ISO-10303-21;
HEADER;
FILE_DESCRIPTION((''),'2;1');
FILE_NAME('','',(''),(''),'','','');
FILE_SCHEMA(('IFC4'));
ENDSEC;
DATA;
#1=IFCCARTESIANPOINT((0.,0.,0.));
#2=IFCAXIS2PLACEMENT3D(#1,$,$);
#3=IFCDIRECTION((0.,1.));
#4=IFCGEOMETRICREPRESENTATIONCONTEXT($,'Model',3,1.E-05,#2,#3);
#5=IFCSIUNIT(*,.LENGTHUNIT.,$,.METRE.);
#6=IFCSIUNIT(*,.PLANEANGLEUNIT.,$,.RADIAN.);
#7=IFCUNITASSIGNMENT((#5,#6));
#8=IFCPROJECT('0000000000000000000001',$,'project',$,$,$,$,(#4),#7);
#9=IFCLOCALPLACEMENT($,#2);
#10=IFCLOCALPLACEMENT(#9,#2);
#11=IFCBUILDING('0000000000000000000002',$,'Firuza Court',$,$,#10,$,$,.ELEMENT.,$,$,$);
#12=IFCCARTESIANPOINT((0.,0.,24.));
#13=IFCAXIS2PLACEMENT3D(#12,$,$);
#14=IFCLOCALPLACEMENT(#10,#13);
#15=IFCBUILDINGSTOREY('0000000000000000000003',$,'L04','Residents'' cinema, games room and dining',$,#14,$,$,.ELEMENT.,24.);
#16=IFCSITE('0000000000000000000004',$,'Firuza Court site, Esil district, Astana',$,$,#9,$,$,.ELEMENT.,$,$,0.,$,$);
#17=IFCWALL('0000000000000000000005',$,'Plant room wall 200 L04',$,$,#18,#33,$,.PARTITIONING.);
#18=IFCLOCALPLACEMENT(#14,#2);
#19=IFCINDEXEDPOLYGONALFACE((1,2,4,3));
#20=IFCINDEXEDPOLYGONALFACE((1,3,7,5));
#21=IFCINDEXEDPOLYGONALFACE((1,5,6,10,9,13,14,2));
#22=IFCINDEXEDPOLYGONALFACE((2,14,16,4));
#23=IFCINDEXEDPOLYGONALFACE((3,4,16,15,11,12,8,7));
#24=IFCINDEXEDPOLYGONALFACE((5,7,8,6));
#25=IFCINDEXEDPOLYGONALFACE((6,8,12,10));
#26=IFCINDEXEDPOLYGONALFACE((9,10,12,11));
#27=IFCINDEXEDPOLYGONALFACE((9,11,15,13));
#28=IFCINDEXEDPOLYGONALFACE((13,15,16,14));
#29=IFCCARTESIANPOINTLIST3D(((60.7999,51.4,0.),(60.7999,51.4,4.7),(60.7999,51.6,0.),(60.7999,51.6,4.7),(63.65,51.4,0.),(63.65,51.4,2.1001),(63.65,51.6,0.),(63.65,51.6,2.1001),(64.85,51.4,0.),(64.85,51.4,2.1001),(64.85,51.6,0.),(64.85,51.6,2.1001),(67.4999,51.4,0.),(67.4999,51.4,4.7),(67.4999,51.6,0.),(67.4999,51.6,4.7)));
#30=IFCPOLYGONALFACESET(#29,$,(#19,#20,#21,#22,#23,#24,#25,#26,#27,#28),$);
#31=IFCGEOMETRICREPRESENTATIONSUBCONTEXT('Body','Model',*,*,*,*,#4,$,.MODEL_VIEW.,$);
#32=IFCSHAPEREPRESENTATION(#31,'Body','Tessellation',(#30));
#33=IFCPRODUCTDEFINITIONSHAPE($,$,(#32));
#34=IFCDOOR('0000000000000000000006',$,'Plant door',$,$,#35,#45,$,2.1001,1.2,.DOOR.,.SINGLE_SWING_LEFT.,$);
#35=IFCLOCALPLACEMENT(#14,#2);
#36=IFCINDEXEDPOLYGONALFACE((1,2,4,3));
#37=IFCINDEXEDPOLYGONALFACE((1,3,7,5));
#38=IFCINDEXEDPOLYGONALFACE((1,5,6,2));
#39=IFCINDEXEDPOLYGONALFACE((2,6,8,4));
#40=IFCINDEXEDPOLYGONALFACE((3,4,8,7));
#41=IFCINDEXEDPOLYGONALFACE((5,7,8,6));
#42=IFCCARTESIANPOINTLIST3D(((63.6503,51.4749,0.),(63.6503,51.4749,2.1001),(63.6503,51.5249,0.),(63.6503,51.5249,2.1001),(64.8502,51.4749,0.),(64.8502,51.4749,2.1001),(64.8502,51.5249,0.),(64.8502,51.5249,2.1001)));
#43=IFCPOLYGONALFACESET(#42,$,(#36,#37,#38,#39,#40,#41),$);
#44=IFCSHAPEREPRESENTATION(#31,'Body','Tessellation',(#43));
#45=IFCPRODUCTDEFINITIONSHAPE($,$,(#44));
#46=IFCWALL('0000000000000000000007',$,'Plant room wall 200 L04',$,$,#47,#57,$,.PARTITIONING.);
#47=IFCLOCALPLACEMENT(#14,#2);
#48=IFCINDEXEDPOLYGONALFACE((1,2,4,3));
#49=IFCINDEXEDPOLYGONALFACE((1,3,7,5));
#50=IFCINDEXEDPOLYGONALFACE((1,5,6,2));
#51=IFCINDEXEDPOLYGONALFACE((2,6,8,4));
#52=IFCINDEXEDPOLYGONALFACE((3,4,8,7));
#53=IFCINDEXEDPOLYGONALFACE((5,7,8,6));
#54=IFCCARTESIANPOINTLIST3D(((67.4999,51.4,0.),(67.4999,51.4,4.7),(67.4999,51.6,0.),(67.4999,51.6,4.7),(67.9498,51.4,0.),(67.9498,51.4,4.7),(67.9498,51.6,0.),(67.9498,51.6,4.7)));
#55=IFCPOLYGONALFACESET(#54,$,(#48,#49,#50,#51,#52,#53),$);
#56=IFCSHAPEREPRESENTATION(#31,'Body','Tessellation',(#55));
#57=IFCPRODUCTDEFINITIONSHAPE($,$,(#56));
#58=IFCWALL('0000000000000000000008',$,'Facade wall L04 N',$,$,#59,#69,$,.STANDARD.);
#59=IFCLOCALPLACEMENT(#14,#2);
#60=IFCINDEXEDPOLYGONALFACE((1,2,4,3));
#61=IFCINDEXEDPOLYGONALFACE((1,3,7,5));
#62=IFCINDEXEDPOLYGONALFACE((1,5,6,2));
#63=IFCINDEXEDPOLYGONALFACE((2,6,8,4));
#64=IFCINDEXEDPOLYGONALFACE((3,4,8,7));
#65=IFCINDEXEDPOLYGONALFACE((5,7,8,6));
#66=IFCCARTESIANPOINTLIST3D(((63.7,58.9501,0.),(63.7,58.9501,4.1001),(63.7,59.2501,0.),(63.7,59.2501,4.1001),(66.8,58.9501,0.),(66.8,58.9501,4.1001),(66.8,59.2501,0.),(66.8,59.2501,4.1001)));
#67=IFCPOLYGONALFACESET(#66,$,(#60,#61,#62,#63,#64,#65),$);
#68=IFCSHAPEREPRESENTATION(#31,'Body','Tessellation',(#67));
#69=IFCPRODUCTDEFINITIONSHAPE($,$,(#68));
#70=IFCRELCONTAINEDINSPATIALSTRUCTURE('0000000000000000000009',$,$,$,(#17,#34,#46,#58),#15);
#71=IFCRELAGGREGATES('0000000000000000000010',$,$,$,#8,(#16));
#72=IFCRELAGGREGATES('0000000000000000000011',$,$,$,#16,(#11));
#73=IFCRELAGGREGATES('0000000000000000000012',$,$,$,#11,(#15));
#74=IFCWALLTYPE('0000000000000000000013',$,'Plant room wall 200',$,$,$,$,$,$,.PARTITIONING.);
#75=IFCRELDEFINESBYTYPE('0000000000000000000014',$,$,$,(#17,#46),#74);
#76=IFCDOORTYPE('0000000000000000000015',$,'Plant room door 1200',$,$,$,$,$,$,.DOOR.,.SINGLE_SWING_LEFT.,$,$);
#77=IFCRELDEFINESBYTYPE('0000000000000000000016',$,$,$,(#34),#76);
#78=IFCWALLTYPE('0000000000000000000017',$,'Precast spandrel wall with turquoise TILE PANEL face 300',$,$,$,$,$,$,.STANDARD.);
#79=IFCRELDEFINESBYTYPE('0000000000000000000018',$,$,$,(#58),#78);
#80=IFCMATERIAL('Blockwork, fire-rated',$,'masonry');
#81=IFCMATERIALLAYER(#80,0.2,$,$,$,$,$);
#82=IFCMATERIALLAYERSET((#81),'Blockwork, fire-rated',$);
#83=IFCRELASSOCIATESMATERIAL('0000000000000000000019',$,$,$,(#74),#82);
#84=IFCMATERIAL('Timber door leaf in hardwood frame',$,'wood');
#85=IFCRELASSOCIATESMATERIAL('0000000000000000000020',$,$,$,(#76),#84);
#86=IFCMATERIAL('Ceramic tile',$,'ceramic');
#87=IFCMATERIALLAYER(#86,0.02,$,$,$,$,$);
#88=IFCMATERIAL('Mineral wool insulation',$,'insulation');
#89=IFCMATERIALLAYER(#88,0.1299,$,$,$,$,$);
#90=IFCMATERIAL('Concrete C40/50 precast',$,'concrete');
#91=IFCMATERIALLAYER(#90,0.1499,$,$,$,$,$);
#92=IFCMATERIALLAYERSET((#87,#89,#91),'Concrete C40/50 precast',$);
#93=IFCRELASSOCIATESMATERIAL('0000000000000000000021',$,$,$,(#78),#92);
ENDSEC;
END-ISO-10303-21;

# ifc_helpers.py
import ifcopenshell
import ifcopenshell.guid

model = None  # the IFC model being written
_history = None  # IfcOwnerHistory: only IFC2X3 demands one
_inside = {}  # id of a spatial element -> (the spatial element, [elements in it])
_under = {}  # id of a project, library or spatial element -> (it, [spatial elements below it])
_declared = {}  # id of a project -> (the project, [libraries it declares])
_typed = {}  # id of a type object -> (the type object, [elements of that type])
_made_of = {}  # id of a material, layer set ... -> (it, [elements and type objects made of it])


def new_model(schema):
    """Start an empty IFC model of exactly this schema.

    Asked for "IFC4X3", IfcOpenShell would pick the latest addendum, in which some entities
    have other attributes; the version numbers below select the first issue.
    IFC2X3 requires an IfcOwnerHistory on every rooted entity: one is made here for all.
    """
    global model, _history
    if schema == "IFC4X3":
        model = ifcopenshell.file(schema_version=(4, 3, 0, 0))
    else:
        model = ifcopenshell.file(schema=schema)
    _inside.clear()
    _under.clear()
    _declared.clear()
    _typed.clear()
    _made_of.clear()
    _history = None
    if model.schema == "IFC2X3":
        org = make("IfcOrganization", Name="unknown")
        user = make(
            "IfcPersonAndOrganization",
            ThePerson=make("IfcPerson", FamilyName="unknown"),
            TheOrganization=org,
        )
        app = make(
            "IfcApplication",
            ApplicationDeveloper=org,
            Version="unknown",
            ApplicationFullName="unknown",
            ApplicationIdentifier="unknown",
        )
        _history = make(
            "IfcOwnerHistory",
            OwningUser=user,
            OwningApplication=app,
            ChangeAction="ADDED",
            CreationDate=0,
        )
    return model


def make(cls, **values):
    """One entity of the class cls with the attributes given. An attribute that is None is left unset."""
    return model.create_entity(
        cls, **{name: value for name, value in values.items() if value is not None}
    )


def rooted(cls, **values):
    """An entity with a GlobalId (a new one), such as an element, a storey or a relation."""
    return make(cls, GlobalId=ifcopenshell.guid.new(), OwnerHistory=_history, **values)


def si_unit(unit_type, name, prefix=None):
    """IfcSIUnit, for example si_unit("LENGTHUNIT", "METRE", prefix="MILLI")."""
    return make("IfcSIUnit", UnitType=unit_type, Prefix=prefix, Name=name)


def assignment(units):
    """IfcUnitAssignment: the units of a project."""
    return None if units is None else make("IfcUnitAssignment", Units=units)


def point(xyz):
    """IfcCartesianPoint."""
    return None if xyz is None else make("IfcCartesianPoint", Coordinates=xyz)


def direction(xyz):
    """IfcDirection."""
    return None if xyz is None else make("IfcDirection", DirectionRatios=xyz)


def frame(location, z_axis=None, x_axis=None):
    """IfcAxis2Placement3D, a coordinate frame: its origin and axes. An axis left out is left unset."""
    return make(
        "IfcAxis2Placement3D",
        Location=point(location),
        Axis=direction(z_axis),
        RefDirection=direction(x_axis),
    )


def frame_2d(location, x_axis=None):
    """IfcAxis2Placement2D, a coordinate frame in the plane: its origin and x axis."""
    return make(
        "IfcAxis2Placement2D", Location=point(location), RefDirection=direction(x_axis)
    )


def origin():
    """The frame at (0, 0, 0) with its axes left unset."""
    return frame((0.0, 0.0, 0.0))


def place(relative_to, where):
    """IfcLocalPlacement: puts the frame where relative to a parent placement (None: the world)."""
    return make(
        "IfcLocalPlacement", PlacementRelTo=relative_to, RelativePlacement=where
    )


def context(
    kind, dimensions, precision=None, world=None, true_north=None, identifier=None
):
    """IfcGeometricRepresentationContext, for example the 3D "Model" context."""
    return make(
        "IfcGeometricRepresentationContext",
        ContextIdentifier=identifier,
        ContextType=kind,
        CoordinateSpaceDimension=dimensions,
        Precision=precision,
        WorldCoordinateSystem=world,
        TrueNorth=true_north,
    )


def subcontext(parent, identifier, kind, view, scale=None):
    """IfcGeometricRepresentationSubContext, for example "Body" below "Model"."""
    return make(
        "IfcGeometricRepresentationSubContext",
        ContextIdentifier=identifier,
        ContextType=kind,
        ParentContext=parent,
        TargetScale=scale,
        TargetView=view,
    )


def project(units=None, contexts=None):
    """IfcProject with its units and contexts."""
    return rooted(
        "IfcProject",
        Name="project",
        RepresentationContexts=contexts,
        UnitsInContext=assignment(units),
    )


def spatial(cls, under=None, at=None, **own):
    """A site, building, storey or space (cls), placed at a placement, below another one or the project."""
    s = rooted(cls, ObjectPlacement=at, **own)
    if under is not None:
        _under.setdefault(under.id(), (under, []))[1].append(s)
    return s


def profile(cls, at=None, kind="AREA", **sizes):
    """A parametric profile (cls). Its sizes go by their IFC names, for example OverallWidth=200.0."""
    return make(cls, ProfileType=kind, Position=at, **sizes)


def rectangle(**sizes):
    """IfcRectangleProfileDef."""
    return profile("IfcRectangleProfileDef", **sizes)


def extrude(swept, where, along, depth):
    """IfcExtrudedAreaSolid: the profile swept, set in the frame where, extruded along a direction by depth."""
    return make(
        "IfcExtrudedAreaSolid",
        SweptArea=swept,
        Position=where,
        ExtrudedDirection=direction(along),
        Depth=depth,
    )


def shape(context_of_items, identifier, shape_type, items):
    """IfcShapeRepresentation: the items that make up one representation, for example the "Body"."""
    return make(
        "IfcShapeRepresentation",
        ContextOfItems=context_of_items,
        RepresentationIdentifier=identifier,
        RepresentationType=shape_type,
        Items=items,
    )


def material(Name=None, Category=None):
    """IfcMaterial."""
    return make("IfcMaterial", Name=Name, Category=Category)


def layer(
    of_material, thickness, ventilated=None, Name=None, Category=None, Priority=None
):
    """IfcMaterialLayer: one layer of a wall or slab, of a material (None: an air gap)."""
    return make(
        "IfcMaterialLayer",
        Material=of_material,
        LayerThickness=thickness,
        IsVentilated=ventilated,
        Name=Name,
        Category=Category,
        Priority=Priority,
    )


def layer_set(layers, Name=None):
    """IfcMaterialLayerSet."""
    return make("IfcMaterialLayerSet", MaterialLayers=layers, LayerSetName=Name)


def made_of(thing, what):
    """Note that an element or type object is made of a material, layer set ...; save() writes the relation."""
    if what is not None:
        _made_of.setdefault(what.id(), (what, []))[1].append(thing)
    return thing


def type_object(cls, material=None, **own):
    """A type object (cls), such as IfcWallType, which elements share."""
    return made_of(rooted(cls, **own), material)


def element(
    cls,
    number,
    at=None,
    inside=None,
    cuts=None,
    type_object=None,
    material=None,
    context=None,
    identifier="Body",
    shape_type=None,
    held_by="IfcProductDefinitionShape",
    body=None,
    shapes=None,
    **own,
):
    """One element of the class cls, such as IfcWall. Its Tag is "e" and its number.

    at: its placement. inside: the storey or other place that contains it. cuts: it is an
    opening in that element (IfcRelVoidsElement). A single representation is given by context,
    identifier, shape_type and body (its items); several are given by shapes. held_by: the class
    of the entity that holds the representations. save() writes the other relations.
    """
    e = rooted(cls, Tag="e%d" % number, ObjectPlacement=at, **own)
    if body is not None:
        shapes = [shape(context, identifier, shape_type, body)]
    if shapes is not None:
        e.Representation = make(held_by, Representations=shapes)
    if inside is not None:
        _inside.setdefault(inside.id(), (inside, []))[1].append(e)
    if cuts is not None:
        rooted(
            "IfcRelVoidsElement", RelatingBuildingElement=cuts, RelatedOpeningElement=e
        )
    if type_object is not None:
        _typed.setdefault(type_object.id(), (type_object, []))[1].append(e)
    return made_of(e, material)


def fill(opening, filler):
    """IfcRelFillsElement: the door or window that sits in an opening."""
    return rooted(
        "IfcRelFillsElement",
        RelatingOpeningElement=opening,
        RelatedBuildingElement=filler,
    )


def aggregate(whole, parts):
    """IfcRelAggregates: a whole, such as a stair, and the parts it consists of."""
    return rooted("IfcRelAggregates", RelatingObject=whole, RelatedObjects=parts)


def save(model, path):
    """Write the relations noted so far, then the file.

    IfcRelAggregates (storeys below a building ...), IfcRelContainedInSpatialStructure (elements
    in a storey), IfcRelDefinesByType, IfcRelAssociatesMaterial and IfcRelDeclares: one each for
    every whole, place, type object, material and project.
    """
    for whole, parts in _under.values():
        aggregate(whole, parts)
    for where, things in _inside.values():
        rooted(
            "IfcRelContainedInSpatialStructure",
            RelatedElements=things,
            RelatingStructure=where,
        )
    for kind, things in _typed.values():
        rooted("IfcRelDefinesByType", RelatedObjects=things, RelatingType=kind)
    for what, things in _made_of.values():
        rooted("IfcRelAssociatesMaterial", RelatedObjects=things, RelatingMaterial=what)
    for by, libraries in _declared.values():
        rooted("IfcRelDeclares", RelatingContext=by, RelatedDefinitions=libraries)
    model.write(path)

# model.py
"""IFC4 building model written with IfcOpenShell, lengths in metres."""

from ifc_helpers import new_model, si_unit, direction, frame, frame_2d, origin, place, context, subcontext, project, spatial, rectangle, extrude, material, layer, layer_set, type_object, element, fill, save


model = new_model("IFC4")

# Units and contexts
model_context = context("Model", 3, precision=1e-05, world=origin(), true_north=direction((0.0, 1.0)))
body_context = subcontext(model_context, "Body", "Model", "MODEL_VIEW")
ifc_project = project(units=[si_unit("LENGTHUNIT", "METRE"), si_unit("PLANEANGLEUNIT", "RADIAN")], contexts=[model_context])

# Site, building, storey
site_placement = place(None, origin())
site = spatial("IfcSite", under=ifc_project, at=site_placement, Name="Firuza Court site, Esil district, Astana", CompositionType="ELEMENT", RefElevation=0.0)
building_placement = place(site_placement, origin())
building = spatial("IfcBuilding", under=site, at=building_placement, Name="Firuza Court", CompositionType="ELEMENT")
storey_placement = place(building_placement, frame((0.0, 0.0, 24.0)))
storey = spatial("IfcBuildingStorey", under=building, at=storey_placement, Name="L04", Description="Residents' cinema, games room and dining", CompositionType="ELEMENT", Elevation=24.0)

# Wall, opening, door
ifc_material_1 = material(Name="Blockwork, fire-rated", Category="masonry")
ifc_layer_1 = layer(ifc_material_1, 0.2)
ifc_layer_set_1 = layer_set([ifc_layer_1], Name="Blockwork, fire-rated")
wall_type_1 = type_object("IfcWallType", Name="Plant room wall 200", PredefinedType="PARTITIONING", material=ifc_layer_set_1)
wall_1_placement = place(storey_placement, frame((67.5, 51.5, 0.0), z_axis=(0.0, 0.0, 1.0), x_axis=(-1.0, 0.0, 0.0)))
wall_1 = element("IfcWall", 1, at=wall_1_placement, inside=storey, type_object=wall_type_1, Name="Plant room wall 200 L04", PredefinedType="PARTITIONING", context=body_context, shape_type="SweptSolid", body=[
    extrude(rectangle(XDim=6.7, YDim=0.2, at=frame_2d((3.3501, 0.0))), origin(), (0.0, 0.0, 1.0), 4.7),
])
opening_placement = place(wall_1_placement, frame((2.6499, 0.0, 0.0)))
opening = element("IfcOpeningElement", 2, at=opening_placement, cuts=wall_1, PredefinedType="OPENING", context=body_context, shape_type="SweptSolid", body=[
    extrude(rectangle(XDim=1.2, YDim=2.1001, at=frame_2d((0.6001, 1.05))), frame((0.0, 0.1118, 0.0), z_axis=(0.0, -1.0, 0.0), x_axis=(1.0, 0.0, 0.0)), (0.0, 0.0, 1.0), 0.2239),
])
ifc_material_2 = material(Name="Timber door leaf in hardwood frame", Category="wood")
door_type = type_object("IfcDoorType", Name="Plant room door 1200", OperationType="SINGLE_SWING_LEFT", PredefinedType="DOOR", material=ifc_material_2)
door_placement = place(opening_placement, frame((1.2, 0.0, 0.0), z_axis=(0.0, 0.0, 1.0), x_axis=(-1.0, 0.0, 0.0)))
door = element("IfcDoor", 3, at=door_placement, inside=storey, type_object=door_type, Name="Plant door", OperationType="SINGLE_SWING_LEFT", OverallHeight=2.1001, OverallWidth=1.2, PredefinedType="DOOR", context=body_context, shape_type="SweptSolid", body=[
    extrude(rectangle(XDim=1.2, YDim=2.1001, at=frame_2d((0.6001, 1.05))), frame((0.0, 0.0249, 0.0), z_axis=(0.0, -1.0, 0.0), x_axis=(1.0, 0.0, 0.0)), (0.0, 0.0, 1.0), 0.05),
])
fill(opening, door)

# Walls
wall_2_placement = place(storey_placement, frame((67.95, 51.5, 0.0), z_axis=(0.0, 0.0, 1.0), x_axis=(-1.0, 0.0, 0.0)))
element("IfcWall", 4, at=wall_2_placement, inside=storey, type_object=wall_type_1, Name="Plant room wall 200 L04", PredefinedType="PARTITIONING", context=body_context, shape_type="SweptSolid", body=[
    extrude(rectangle(XDim=0.45, YDim=0.2, at=frame_2d((0.2251, 0.0))), origin(), (0.0, 0.0, 1.0), 4.7),
])
ifc_material_3 = material(Name="Ceramic tile", Category="ceramic")
ifc_layer_2 = layer(ifc_material_3, 0.02)
ifc_material_4 = material(Name="Mineral wool insulation", Category="insulation")
ifc_layer_3 = layer(ifc_material_4, 0.1299)
ifc_material_5 = material(Name="Concrete C40/50 precast", Category="concrete")
ifc_layer_4 = layer(ifc_material_5, 0.1499)
ifc_layer_set_2 = layer_set([ifc_layer_2, ifc_layer_3, ifc_layer_4], Name="Concrete C40/50 precast")
wall_type_2 = type_object("IfcWallType", Name="Precast spandrel wall with turquoise TILE PANEL face 300", PredefinedType="STANDARD", material=ifc_layer_set_2)
wall_3_placement = place(storey_placement, frame((66.8, 59.1001, 0.0), z_axis=(0.0, 0.0, 1.0), x_axis=(-1.0, 0.0, 0.0)))
element("IfcWall", 5, at=wall_3_placement, inside=storey, type_object=wall_type_2, Name="Facade wall L04 N", PredefinedType="STANDARD", context=body_context, shape_type="SweptSolid", body=[
    extrude(rectangle(XDim=3.1001, YDim=0.3, at=frame_2d((1.55, 0.0))), origin(), (0.0, 0.0, 1.0), 4.1001),
])

save(model, "model.ifc")
